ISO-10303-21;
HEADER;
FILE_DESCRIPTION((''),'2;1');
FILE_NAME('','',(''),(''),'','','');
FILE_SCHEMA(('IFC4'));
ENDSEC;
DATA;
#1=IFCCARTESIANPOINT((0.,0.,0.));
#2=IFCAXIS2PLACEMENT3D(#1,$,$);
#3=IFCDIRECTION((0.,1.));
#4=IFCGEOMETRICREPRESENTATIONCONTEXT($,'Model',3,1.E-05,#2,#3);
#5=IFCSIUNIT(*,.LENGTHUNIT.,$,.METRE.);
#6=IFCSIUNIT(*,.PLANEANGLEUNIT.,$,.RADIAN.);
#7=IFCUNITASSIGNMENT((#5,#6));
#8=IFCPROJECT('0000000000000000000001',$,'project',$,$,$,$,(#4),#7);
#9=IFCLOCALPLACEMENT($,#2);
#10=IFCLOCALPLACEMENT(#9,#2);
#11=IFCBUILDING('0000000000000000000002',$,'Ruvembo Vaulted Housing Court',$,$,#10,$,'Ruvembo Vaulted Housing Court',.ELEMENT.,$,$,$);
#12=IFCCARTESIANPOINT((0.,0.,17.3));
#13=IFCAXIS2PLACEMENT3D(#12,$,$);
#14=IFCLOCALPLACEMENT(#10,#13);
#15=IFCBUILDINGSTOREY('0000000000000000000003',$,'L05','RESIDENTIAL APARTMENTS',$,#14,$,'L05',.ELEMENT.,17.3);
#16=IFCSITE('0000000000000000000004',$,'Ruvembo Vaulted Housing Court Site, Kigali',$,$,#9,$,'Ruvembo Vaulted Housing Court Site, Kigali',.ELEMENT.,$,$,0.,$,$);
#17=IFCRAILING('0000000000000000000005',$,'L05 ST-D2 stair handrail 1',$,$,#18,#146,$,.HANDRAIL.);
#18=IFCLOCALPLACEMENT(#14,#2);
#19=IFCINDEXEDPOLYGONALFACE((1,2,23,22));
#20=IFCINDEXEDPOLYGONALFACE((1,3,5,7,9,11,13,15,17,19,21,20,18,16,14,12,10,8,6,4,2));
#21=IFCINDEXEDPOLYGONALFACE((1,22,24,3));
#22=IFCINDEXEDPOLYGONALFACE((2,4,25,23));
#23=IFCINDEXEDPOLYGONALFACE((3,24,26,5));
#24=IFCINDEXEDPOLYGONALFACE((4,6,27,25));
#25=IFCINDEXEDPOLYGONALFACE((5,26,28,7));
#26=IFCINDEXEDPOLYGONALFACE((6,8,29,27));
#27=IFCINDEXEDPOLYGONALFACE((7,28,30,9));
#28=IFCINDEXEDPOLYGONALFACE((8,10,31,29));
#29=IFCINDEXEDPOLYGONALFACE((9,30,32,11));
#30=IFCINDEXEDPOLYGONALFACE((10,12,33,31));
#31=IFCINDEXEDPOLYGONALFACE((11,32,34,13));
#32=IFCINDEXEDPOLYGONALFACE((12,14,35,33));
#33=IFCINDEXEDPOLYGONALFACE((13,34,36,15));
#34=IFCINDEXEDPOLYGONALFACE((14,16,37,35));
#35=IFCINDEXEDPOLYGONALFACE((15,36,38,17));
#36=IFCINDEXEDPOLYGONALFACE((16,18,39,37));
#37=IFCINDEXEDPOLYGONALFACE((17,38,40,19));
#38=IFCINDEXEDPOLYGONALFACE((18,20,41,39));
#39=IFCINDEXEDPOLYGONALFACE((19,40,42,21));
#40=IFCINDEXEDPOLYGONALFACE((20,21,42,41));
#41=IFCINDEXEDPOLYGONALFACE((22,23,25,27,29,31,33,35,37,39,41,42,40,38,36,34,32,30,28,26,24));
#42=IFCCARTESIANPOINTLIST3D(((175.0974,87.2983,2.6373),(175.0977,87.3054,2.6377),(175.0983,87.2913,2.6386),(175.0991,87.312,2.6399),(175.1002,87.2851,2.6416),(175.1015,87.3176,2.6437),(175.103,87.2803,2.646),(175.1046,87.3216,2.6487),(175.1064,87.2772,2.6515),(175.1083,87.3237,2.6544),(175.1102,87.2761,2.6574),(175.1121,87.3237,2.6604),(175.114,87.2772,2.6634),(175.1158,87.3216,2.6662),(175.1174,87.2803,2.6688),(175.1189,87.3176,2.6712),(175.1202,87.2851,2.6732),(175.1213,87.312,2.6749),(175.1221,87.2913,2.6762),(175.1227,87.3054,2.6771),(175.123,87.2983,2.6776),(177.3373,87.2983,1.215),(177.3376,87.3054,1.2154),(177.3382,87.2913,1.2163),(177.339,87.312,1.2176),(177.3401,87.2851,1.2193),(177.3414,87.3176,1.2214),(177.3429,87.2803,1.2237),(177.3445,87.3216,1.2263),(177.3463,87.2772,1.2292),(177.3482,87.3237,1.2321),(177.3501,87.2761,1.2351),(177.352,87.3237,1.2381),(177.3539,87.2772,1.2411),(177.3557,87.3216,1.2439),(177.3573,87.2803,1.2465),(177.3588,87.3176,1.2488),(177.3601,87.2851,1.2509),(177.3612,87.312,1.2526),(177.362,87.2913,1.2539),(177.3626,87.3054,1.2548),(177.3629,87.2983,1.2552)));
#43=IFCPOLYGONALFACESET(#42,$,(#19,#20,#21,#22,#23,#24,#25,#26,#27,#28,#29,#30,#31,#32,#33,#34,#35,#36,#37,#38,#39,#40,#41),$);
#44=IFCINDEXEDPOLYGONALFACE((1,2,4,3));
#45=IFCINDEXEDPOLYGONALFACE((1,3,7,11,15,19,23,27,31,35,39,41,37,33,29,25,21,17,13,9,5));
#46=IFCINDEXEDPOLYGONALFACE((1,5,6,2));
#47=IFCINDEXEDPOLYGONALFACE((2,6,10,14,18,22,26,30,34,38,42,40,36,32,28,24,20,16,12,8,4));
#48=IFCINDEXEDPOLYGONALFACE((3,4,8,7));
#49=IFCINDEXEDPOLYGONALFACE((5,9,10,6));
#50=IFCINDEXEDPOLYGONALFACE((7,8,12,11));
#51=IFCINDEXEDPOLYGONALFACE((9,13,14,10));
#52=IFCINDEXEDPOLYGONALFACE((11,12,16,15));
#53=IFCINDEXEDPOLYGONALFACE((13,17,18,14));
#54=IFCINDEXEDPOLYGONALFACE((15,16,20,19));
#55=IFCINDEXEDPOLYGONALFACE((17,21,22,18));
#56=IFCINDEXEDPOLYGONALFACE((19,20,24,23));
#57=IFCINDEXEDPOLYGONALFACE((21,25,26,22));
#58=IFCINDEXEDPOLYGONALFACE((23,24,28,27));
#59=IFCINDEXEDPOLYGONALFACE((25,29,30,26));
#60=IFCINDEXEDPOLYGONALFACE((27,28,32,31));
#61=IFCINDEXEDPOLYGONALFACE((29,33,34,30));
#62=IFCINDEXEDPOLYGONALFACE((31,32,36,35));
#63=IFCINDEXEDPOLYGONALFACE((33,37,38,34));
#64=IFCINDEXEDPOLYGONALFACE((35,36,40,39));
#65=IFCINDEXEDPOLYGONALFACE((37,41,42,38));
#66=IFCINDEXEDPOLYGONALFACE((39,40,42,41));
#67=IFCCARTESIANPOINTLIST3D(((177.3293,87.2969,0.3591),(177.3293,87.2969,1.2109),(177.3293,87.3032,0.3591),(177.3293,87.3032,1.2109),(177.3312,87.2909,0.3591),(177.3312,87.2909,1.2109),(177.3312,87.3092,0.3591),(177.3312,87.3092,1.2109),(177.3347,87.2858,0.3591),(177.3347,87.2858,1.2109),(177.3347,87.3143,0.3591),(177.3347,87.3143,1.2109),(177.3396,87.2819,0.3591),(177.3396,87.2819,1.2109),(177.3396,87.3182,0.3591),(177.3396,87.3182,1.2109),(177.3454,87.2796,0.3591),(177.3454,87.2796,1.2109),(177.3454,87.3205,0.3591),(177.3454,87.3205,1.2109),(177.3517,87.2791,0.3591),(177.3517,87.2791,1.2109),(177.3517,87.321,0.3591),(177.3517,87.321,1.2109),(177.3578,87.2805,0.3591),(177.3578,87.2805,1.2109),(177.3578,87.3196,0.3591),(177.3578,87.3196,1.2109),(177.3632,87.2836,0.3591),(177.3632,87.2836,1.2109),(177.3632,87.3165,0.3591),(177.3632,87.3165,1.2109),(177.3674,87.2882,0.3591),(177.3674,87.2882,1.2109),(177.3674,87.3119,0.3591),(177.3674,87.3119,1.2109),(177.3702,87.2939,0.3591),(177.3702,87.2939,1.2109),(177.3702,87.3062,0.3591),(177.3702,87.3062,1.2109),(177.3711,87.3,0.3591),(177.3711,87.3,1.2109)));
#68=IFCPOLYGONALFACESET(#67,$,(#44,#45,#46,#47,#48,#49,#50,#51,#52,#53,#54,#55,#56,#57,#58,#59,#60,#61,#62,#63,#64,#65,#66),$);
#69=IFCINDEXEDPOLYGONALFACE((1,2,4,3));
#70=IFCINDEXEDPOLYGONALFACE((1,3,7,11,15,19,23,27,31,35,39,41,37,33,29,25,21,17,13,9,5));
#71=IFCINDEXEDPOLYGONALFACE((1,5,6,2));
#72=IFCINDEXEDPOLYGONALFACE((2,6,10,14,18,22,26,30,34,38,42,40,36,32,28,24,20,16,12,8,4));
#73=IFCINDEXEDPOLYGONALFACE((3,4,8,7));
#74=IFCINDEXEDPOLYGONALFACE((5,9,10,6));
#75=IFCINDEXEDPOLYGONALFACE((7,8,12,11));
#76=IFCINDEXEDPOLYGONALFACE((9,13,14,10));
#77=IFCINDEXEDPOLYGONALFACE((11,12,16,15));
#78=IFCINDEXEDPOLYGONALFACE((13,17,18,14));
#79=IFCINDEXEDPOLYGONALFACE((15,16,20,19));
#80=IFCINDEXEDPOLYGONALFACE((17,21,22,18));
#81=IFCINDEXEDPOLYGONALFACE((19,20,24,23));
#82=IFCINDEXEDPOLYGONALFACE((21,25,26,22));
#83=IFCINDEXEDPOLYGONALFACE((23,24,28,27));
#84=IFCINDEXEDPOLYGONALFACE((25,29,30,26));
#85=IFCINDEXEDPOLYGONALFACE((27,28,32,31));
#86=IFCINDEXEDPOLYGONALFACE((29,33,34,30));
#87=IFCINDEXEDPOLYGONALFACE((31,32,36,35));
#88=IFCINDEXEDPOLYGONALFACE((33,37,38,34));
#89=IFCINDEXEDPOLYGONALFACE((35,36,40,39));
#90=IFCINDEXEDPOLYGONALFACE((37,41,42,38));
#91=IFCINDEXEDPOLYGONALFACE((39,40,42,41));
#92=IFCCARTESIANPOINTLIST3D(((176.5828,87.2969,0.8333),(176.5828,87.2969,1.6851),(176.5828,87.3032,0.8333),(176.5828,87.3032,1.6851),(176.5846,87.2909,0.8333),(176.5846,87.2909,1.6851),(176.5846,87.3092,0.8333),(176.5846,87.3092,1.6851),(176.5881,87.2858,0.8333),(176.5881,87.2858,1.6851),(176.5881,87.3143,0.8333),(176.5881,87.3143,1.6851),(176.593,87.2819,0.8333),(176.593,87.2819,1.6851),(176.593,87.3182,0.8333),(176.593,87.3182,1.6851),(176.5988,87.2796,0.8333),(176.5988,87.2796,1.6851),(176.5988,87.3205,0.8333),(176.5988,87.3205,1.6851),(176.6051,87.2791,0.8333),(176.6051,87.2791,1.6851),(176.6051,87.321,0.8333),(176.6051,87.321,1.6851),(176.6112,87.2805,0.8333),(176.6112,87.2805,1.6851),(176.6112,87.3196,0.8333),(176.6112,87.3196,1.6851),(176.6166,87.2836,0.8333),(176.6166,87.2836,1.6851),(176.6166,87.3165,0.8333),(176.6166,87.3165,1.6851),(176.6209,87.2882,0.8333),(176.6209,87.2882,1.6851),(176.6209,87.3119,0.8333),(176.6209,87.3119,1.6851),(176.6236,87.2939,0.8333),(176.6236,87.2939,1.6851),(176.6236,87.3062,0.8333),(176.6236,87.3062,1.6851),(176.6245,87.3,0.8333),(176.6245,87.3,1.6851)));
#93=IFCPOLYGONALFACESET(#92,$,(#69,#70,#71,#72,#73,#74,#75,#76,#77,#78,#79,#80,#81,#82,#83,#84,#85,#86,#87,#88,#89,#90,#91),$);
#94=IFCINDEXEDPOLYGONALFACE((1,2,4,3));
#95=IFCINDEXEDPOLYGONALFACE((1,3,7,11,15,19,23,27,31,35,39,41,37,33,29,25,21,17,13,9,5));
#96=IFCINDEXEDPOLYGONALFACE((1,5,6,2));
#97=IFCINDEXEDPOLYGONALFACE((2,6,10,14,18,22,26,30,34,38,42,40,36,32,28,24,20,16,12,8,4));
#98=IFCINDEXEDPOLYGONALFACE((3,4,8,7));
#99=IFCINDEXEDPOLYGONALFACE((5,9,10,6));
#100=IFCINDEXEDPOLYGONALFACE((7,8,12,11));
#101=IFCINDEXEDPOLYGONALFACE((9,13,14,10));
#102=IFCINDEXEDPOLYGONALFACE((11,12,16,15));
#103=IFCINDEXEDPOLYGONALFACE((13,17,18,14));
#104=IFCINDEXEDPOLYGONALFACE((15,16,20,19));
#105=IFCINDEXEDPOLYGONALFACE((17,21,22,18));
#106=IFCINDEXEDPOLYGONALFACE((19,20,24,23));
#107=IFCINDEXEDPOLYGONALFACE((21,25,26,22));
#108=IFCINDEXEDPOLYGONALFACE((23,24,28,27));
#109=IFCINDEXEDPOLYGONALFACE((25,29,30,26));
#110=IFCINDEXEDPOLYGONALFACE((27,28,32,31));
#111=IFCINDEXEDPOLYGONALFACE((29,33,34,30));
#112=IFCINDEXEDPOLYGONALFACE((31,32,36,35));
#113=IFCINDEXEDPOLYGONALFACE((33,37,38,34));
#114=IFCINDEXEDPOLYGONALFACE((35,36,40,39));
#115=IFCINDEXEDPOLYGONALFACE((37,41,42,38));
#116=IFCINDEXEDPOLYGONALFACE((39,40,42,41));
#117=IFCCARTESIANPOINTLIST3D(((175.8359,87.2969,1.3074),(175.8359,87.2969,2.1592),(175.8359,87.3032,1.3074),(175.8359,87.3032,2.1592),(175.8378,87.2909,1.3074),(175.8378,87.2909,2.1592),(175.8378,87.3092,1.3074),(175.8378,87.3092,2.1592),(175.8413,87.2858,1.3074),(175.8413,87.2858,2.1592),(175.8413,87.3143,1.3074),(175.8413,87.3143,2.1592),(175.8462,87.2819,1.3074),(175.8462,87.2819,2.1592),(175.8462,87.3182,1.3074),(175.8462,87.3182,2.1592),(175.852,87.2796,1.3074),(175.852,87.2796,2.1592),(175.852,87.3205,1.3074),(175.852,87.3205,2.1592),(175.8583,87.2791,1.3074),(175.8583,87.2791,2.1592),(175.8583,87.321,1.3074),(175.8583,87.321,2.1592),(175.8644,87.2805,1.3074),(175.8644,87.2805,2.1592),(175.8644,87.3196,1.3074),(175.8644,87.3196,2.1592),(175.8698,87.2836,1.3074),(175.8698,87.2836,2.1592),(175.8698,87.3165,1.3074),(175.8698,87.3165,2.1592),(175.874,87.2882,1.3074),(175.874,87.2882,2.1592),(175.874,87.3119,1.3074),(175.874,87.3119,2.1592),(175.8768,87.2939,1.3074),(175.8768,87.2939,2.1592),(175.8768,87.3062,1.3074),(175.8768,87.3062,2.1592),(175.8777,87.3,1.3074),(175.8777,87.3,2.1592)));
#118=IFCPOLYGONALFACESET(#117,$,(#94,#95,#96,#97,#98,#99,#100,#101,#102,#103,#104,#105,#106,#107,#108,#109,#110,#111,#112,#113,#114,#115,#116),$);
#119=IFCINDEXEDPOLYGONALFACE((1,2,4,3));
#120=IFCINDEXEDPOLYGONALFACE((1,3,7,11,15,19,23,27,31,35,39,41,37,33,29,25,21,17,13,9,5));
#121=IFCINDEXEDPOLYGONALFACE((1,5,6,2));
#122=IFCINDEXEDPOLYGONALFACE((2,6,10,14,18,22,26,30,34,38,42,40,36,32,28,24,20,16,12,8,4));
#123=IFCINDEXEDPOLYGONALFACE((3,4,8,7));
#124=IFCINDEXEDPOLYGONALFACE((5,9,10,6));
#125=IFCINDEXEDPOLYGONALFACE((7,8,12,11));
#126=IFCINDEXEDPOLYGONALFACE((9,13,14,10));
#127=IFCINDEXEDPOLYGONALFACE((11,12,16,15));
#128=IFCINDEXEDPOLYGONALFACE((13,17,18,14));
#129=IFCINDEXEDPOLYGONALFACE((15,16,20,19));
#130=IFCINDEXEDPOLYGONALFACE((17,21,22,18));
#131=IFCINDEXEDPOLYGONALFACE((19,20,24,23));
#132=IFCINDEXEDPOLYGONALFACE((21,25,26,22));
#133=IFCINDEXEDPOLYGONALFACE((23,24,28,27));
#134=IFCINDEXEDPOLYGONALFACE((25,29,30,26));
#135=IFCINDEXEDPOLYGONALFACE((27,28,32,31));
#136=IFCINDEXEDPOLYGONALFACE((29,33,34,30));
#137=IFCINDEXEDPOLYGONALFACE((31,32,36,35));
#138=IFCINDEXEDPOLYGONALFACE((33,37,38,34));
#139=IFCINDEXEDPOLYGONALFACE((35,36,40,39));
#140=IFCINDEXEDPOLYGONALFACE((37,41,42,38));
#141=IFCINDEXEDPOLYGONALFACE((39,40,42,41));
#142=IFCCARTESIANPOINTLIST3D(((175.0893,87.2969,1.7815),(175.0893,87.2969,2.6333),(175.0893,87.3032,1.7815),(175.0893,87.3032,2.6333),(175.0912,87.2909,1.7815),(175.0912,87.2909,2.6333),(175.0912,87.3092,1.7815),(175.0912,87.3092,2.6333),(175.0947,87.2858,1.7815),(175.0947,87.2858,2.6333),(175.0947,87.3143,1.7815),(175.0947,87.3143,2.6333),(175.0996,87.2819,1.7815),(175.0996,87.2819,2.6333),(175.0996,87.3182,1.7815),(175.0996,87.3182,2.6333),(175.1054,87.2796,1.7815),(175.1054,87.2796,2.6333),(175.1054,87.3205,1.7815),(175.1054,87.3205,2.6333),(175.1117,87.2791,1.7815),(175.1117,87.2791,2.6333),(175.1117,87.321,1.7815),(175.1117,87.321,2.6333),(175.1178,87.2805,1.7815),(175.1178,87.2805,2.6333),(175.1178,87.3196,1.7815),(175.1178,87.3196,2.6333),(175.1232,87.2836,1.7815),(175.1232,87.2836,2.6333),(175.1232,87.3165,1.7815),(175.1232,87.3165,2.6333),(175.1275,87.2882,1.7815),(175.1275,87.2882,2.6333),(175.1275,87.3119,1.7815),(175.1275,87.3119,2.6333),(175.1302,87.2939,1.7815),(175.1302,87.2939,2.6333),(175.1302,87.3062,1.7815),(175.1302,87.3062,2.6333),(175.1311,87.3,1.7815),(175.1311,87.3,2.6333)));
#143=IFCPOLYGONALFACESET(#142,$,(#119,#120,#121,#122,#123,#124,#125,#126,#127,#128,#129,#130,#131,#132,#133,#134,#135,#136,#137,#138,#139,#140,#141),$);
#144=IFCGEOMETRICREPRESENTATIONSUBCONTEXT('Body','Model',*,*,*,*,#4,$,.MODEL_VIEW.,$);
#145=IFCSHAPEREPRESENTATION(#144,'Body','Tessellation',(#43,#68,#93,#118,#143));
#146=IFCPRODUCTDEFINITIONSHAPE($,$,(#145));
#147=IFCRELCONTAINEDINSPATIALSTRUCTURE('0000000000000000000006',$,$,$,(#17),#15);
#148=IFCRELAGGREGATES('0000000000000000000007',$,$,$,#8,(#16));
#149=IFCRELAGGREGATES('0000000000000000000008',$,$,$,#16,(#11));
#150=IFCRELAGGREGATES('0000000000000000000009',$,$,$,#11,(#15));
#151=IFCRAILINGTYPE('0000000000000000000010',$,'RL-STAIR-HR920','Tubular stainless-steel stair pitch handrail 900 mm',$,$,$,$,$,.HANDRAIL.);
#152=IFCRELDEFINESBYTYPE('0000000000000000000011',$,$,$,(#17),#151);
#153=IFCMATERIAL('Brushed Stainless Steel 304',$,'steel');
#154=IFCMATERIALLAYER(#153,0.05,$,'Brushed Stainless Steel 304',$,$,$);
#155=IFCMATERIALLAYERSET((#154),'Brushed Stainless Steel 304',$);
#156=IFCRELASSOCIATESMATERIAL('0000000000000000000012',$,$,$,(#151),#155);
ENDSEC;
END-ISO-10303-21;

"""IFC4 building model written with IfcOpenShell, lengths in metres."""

from ifc_helpers import new_model, si_unit, direction, frame, origin, origin_2d, place, context, subcontext, project, spatial, circle, extrude, material, layer, layer_set, type_object, element, save


model = new_model("IFC4")

# Units and contexts
model_context = context("Model", 3, precision=1e-05, world=origin(), true_north=direction((0.0, 1.0)))
body_context = subcontext(model_context, "Body", "Model", "MODEL_VIEW")
ifc_project = project(units=[si_unit("LENGTHUNIT", "METRE"), si_unit("PLANEANGLEUNIT", "RADIAN")], contexts=[model_context])

# Site, building, storey
site_placement = place(None, origin())
site = spatial("IfcSite", under=ifc_project, at=site_placement, Name="Ruvembo Vaulted Housing Court Site, Kigali", LongName="Ruvembo Vaulted Housing Court Site, Kigali", CompositionType="ELEMENT", RefElevation=0.0)
building_placement = place(site_placement, origin())
building = spatial("IfcBuilding", under=site, at=building_placement, Name="Ruvembo Vaulted Housing Court", LongName="Ruvembo Vaulted Housing Court", CompositionType="ELEMENT")
storey_placement = place(building_placement, frame((0.0, 0.0, 17.3)))
storey = spatial("IfcBuildingStorey", under=building, at=storey_placement, Name="L05", Description="RESIDENTIAL APARTMENTS", LongName="L05", CompositionType="ELEMENT", Elevation=17.3)

# Shared definitions
ifc_material_1 = material(Name="Brushed Stainless Steel 304", Category="steel")

# Railing
ifc_layer_1 = layer(ifc_material_1, 0.05, Name="Brushed Stainless Steel 304")
ifc_layer_set_1 = layer_set([ifc_layer_1], Name="Brushed Stainless Steel 304")
railing_type_1 = type_object("IfcRailingType", Name="RL-STAIR-HR920", Description="Tubular stainless-steel stair pitch handrail 900 mm", PredefinedType="HANDRAIL", material=ifc_layer_set_1)
railing_1_placement = place(storey_placement, frame((177.3501, 87.3, 0.3591)))
element("IfcRailing", 1, at=railing_1_placement, inside=storey, type_object=railing_type_1, Name="L05 ST-D2 stair handrail 1", PredefinedType="HANDRAIL", context=body_context, shape_type="SweptSolid", body=[
    extrude(circle(Radius=0.0239, at=origin_2d()), frame((0.0, 0.0, 0.876), z_axis=(-0.844188, 0.0, 0.536048), x_axis=(0.0, -1.0, 0.0)), (0.0, 0.0, 1.0), 2.6533),
    extrude(circle(Radius=0.021, at=origin_2d()), origin(), (0.0, 0.0, 1.0), 0.8518),
    extrude(circle(Radius=0.021, at=origin_2d()), frame((-0.7466, 0.0, 0.4741)), (0.0, 0.0, 1.0), 0.8518),
    extrude(circle(Radius=0.021, at=origin_2d()), frame((-1.4934, 0.0, 0.9482)), (0.0, 0.0, 1.0), 0.8518),
    extrude(circle(Radius=0.021, at=origin_2d()), frame((-2.24, 0.0, 1.4224)), (0.0, 0.0, 1.0), 0.8518),
])

save(model, "model.ifc")
